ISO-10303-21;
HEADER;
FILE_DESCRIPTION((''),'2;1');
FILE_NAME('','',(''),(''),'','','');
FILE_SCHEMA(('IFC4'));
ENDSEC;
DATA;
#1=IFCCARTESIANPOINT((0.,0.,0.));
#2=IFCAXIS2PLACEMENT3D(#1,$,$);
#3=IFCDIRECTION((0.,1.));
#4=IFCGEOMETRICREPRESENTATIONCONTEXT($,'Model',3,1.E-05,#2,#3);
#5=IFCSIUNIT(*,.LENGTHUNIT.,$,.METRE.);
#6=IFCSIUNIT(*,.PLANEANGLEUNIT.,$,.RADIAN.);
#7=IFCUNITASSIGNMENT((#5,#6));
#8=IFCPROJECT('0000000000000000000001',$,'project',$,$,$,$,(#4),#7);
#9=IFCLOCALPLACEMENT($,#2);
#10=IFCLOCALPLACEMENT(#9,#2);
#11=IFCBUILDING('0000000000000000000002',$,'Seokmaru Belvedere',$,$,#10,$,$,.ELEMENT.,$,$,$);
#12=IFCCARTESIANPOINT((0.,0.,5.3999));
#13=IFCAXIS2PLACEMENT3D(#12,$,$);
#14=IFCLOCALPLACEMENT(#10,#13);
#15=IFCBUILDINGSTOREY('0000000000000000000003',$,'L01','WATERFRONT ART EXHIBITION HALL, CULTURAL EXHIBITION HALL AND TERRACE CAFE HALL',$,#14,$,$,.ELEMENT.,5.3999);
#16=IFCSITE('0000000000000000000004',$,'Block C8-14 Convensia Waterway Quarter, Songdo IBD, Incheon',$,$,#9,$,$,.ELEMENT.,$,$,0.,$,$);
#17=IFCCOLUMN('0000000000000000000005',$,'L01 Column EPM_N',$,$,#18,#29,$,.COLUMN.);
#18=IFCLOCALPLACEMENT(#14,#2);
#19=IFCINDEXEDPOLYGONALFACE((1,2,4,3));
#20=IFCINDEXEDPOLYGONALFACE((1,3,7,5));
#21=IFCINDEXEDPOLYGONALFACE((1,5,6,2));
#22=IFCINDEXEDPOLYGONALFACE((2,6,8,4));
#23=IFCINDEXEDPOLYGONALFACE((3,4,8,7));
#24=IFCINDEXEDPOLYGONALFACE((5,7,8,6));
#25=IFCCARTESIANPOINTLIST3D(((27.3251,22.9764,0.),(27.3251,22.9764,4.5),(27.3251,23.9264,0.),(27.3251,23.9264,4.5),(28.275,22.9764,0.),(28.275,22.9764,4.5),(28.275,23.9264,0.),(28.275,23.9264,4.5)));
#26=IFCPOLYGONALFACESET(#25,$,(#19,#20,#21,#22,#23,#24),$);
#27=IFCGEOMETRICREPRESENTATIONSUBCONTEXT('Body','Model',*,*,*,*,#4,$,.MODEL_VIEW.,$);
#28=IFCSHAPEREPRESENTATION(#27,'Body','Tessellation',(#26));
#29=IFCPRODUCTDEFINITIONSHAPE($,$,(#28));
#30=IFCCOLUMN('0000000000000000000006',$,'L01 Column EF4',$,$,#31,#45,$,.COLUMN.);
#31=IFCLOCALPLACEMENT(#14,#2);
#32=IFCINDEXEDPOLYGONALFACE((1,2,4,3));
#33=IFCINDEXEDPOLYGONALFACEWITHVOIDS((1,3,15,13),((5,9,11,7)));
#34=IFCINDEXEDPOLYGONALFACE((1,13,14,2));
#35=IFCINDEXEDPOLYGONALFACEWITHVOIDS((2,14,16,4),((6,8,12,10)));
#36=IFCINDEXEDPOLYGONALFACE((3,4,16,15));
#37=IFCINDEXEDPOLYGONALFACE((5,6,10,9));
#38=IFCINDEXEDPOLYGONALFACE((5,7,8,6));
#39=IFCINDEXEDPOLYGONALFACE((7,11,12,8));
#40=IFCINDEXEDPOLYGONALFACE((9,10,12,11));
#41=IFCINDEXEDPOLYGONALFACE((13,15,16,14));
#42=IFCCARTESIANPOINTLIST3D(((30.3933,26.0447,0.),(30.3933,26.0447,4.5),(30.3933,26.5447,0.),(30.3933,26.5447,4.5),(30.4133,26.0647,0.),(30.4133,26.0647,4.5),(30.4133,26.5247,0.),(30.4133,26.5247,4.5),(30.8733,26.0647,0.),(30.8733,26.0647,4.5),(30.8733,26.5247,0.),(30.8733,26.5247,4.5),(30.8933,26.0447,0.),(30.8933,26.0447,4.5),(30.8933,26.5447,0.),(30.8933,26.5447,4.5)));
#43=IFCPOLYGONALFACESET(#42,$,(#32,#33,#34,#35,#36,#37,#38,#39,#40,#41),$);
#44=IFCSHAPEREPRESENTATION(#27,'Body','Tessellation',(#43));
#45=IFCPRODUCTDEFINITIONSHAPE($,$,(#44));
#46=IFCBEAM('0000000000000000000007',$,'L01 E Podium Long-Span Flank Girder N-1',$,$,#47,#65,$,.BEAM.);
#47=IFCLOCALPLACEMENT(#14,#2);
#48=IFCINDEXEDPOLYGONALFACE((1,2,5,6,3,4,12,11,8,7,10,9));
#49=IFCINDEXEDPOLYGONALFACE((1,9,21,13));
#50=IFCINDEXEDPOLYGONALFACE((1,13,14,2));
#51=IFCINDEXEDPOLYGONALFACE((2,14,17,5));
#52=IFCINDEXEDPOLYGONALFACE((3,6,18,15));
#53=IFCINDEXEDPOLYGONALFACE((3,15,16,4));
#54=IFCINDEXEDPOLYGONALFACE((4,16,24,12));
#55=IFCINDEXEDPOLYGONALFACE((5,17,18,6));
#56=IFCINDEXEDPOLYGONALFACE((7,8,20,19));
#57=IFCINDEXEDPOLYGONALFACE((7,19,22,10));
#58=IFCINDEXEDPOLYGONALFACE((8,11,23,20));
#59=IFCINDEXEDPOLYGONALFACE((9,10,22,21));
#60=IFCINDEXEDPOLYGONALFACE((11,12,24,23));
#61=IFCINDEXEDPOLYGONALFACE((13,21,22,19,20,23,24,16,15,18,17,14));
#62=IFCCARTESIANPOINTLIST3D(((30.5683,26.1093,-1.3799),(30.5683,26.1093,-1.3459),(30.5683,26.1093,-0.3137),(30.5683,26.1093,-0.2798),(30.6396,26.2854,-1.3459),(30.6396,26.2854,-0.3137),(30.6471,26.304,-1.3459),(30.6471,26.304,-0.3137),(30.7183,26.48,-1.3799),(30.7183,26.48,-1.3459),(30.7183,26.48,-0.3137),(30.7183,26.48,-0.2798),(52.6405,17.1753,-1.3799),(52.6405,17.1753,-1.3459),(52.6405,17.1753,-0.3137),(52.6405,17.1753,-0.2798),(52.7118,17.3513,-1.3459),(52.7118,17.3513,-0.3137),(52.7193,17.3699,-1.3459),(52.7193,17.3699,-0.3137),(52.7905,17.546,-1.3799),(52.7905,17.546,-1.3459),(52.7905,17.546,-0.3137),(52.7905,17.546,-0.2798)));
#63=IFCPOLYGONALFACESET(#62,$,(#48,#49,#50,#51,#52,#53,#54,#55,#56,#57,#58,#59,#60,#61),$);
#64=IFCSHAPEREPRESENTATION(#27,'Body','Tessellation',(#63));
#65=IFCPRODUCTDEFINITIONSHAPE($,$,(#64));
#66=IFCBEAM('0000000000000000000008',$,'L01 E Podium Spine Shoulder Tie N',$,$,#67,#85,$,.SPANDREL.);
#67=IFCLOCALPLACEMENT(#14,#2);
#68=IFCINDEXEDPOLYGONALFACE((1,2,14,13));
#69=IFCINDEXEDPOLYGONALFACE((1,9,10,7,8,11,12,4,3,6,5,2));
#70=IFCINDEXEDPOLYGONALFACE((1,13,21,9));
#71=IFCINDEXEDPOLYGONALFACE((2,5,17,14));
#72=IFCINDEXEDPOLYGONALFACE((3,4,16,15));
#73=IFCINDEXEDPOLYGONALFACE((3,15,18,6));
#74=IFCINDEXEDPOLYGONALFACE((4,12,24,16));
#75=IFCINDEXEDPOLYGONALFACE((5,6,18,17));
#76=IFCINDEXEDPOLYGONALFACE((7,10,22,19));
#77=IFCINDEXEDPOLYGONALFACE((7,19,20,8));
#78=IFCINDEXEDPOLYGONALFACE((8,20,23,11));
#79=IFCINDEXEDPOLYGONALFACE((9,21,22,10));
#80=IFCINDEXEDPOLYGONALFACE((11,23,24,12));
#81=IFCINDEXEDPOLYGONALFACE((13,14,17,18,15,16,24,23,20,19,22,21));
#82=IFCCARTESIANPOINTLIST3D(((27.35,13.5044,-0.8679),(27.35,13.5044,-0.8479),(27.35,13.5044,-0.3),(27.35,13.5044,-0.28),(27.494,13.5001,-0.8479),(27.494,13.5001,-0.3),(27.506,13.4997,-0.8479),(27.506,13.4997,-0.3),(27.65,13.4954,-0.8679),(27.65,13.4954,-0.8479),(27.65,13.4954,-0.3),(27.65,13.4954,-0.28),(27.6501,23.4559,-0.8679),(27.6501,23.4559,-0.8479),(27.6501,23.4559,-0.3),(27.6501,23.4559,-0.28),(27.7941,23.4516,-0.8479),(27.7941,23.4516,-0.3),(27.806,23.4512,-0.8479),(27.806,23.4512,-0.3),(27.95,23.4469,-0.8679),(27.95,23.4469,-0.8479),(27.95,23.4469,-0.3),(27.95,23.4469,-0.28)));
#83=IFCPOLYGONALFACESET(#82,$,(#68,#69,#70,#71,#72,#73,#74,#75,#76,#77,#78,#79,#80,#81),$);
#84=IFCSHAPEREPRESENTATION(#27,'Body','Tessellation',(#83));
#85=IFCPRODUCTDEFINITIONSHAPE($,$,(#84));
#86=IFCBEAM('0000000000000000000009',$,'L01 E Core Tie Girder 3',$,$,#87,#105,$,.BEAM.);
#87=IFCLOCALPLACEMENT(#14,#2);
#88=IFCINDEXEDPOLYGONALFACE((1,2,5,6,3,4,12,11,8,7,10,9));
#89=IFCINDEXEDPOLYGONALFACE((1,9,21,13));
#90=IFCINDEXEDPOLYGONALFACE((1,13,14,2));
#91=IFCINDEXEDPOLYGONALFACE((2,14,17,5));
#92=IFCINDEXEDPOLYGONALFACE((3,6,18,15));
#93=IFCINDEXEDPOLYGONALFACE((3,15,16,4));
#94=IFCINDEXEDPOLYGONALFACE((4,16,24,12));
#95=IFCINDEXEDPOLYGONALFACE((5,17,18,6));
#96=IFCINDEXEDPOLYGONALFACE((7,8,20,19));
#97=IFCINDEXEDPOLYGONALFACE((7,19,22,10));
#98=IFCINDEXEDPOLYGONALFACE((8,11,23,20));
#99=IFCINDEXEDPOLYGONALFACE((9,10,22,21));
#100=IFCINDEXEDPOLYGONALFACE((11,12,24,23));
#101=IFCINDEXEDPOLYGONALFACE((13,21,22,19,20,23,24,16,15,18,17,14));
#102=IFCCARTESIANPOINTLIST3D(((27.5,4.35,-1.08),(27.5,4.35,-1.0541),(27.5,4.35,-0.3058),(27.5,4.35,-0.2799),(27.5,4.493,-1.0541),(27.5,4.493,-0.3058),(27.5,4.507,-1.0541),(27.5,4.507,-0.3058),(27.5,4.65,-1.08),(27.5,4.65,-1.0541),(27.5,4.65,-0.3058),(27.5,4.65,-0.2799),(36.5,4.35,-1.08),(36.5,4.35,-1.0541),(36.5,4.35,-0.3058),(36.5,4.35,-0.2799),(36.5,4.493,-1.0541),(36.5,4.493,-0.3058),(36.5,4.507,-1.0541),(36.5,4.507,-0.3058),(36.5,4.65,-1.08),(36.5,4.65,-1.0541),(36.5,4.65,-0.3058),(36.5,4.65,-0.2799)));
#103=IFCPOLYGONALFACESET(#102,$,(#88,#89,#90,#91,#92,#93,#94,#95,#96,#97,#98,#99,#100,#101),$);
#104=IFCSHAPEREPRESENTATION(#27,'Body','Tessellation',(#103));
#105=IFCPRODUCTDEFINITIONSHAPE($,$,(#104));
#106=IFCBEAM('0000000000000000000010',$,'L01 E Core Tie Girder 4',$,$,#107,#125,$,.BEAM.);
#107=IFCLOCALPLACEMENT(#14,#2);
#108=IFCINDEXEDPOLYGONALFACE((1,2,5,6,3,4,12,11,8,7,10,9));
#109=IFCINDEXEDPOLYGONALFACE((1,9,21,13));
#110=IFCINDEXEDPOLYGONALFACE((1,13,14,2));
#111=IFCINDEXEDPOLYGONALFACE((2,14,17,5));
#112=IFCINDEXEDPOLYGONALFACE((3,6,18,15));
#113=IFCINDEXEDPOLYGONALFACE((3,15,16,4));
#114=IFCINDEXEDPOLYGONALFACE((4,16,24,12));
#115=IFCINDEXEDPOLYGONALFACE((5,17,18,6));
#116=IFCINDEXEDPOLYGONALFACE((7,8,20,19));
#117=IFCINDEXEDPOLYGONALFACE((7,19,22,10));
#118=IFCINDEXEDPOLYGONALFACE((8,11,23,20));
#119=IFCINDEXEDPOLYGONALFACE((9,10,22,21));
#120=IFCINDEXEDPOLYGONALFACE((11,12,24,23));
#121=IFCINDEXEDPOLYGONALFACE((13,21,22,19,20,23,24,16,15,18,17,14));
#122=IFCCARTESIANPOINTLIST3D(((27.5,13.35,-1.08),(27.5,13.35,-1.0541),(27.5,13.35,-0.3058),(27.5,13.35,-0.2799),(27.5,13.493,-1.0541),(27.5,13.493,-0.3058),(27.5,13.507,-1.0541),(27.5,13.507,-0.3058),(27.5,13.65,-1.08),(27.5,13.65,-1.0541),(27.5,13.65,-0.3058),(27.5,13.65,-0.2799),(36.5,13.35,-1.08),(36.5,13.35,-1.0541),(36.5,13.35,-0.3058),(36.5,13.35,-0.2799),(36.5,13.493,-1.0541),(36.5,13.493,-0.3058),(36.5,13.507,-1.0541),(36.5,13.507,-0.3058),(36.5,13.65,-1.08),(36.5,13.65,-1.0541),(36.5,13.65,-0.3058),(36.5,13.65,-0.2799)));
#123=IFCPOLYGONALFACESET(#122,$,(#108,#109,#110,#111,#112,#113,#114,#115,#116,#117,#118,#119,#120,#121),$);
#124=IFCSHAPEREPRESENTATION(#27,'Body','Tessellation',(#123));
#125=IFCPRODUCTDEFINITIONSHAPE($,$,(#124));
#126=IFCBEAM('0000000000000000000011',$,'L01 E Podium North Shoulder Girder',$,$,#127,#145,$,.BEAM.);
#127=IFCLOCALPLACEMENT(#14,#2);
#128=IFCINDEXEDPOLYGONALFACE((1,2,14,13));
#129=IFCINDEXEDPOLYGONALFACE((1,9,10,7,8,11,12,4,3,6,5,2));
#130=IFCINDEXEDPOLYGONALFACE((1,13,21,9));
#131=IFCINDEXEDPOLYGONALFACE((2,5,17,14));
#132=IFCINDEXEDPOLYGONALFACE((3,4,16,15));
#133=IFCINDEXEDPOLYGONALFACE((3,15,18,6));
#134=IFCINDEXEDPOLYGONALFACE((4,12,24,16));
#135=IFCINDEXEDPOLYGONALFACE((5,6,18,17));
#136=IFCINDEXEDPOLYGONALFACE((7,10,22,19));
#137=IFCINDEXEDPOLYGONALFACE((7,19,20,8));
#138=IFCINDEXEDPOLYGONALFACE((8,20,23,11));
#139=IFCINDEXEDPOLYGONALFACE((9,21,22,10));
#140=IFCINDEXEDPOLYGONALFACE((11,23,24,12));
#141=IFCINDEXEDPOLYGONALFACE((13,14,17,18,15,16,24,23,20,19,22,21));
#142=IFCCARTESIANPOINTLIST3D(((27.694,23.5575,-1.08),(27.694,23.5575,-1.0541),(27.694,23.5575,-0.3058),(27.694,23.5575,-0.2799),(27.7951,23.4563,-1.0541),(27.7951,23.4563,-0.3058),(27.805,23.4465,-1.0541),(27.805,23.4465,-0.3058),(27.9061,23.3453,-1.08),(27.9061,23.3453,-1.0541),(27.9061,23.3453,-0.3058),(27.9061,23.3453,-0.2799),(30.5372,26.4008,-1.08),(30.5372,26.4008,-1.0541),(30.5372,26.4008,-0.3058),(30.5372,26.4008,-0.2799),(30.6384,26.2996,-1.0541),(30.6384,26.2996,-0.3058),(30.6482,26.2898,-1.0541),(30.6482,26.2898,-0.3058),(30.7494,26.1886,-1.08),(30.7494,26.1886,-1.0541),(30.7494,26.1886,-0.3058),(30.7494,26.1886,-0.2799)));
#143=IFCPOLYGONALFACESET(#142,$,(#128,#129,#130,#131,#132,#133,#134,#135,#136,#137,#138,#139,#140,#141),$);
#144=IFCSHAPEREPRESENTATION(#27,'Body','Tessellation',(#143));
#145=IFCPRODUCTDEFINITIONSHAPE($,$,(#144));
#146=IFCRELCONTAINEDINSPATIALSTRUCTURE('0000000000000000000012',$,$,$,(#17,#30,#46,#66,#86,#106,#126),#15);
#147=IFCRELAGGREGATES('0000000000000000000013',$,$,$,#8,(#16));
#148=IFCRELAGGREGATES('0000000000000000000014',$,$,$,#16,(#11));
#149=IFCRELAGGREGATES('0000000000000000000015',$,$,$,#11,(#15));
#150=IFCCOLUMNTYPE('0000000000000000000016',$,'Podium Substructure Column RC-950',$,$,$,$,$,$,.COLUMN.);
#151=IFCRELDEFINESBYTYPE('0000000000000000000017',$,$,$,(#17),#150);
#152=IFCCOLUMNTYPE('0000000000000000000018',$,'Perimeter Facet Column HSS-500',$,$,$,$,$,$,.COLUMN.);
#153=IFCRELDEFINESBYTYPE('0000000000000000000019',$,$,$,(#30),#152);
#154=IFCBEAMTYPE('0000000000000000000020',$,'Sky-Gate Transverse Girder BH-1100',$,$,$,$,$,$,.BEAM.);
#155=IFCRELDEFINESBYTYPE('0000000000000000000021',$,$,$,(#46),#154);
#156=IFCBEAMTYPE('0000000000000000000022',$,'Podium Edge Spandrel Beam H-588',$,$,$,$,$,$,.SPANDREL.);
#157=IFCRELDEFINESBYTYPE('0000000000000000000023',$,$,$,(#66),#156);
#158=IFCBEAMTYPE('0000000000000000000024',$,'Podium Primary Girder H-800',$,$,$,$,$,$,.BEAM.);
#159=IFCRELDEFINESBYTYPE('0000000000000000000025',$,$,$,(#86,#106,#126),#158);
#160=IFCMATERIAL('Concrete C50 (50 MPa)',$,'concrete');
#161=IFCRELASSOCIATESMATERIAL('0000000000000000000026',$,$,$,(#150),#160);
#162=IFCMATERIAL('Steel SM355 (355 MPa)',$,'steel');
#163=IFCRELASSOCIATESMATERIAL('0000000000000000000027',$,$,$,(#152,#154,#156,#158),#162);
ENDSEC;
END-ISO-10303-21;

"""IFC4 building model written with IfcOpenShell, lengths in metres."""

from ifc_helpers import new_model, si_unit, direction, frame, origin, origin_2d, place, context, subcontext, project, spatial, rectangle, hollow_rectangle, i_section, extrude, source, transform, mapped, material, material_profile, profile_set, type_object, type_shapes, element, save


model = new_model("IFC4")

# Units and contexts
model_context = context("Model", 3, precision=1e-05, world=origin(), true_north=direction((0.0, 1.0)))
body_context = subcontext(model_context, "Body", "Model", "MODEL_VIEW")
ifc_project = project(units=[si_unit("LENGTHUNIT", "METRE"), si_unit("PLANEANGLEUNIT", "RADIAN")], contexts=[model_context])

# Site, building, storey
site_placement = place(None, origin())
site = spatial("IfcSite", under=ifc_project, at=site_placement, Name="Block C8-14 Convensia Waterway Quarter, Songdo IBD, Incheon", CompositionType="ELEMENT", RefElevation=0.0)
building_placement = place(site_placement, origin())
building = spatial("IfcBuilding", under=site, at=building_placement, Name="Seokmaru Belvedere", CompositionType="ELEMENT")
storey_placement = place(building_placement, frame((0.0, 0.0, 5.3999)))
storey = spatial("IfcBuildingStorey", under=building, at=storey_placement, Name="L01", Description="WATERFRONT ART EXHIBITION HALL, CULTURAL EXHIBITION HALL AND TERRACE CAFE HALL", CompositionType="ELEMENT", Elevation=5.3999)

# Columns
ifc_material_1 = material(Name="Concrete C50 (50 MPa)", Category="concrete")
ifc_material_profile_1 = material_profile(ifc_material_1, rectangle(XDim=0.95, YDim=0.95, at=origin_2d()), Name="RC-950x950")
ifc_profile_set_1 = profile_set([ifc_material_profile_1], Name="Concrete C50 (50 MPa)")
column_type_1 = type_object("IfcColumnType", Name="Podium Substructure Column RC-950", PredefinedType="COLUMN", material=ifc_profile_set_1)
shared_shape_1 = source(origin(), body_context, "Body", "SweptSolid", [
    extrude(rectangle(XDim=0.95, YDim=0.95, at=origin_2d()), origin(), (0.0, 0.0, 1.0), 4.5),
])
type_shapes(column_type_1, [shared_shape_1])
column_1_placement = place(storey_placement, frame((27.8, 23.4514, 0.0), z_axis=(0.0, 0.0, 1.0), x_axis=(1.0, 0.0, 0.0)))
element("IfcColumn", 1, at=column_1_placement, inside=storey, type_object=column_type_1, Name="L01 Column EPM_N", PredefinedType="COLUMN", context=body_context, shape_type="MappedRepresentation", body=[
    mapped(shared_shape_1, transform((0.0, 0.0, 0.0), scale=1.0)),
])
ifc_material_2 = material(Name="Steel SM355 (355 MPa)", Category="steel")
ifc_material_profile_2 = material_profile(ifc_material_2, hollow_rectangle(XDim=0.5, YDim=0.5, WallThickness=0.02, at=origin_2d()), Name="HSS-500x500x20")
ifc_profile_set_2 = profile_set([ifc_material_profile_2], Name="Steel SM355 (355 MPa)")
column_type_2 = type_object("IfcColumnType", Name="Perimeter Facet Column HSS-500", PredefinedType="COLUMN", material=ifc_profile_set_2)
shared_shape_2 = source(origin(), body_context, "Body", "SweptSolid", [
    extrude(hollow_rectangle(XDim=0.5, YDim=0.5, WallThickness=0.02, at=origin_2d()), origin(), (0.0, 0.0, 1.0), 4.5),
])
type_shapes(column_type_2, [shared_shape_2])
column_2_placement = place(storey_placement, frame((30.6433, 26.2947, 0.0), z_axis=(0.0, 0.0, 1.0), x_axis=(1.0, 0.0, 0.0)))
element("IfcColumn", 2, at=column_2_placement, inside=storey, type_object=column_type_2, Name="L01 Column EF4", PredefinedType="COLUMN", context=body_context, shape_type="MappedRepresentation", body=[
    mapped(shared_shape_2, transform((0.0, 0.0, 0.0), scale=1.0)),
])

# Beams
ifc_material_profile_3 = material_profile(ifc_material_2, i_section(OverallWidth=0.3999, OverallDepth=1.1001, WebThickness=0.02, FlangeThickness=0.0339, at=origin_2d()), Name="BH-1100x400x20x34")
ifc_profile_set_3 = profile_set([ifc_material_profile_3], Name="Steel SM355 (355 MPa)")
beam_type_1 = type_object("IfcBeamType", Name="Sky-Gate Transverse Girder BH-1100", PredefinedType="BEAM", material=ifc_profile_set_3)
shared_shape_3 = source(origin(), body_context, "Body", "SweptSolid", [
    extrude(i_section(OverallWidth=0.3999, OverallDepth=1.1001, WebThickness=0.02, FlangeThickness=0.0339, at=origin_2d()), origin(), (0.0, 0.0, 1.0), 23.8118),
])
type_shapes(beam_type_1, [shared_shape_3])
beam_1_placement = place(storey_placement, frame((30.6433, 26.2947, -0.8298), z_axis=(0.926946, -0.375195, 0.0), x_axis=(0.375195, 0.926946, 0.0)))
element("IfcBeam", 3, at=beam_1_placement, inside=storey, type_object=beam_type_1, Name="L01 E Podium Long-Span Flank Girder N-1", PredefinedType="BEAM", context=body_context, shape_type="MappedRepresentation", body=[
    mapped(shared_shape_3, transform((0.0, 0.0, 0.0), scale=1.0)),
])
ifc_material_profile_4 = material_profile(ifc_material_2, i_section(OverallWidth=0.3, OverallDepth=0.5879, WebThickness=0.012, FlangeThickness=0.02, at=origin_2d()), Name="H-588x300x12x20")
ifc_profile_set_4 = profile_set([ifc_material_profile_4], Name="Steel SM355 (355 MPa)")
beam_type_2 = type_object("IfcBeamType", Name="Podium Edge Spandrel Beam H-588", PredefinedType="SPANDREL", material=ifc_profile_set_4)
shared_shape_4 = source(origin(), body_context, "Body", "SweptSolid", [
    extrude(i_section(OverallWidth=0.3, OverallDepth=0.5879, WebThickness=0.012, FlangeThickness=0.02, at=origin_2d()), origin(), (0.0, 0.0, 1.0), 9.9561),
])
type_shapes(beam_type_2, [shared_shape_4])
beam_2_placement = place(storey_placement, frame((27.8, 23.4514, -0.574), z_axis=(-0.030138, -0.999546, 0.0), x_axis=(0.999546, -0.030138, 0.0)))
element("IfcBeam", 4, at=beam_2_placement, inside=storey, type_object=beam_type_2, Name="L01 E Podium Spine Shoulder Tie N", PredefinedType="SPANDREL", context=body_context, shape_type="MappedRepresentation", body=[
    mapped(shared_shape_4, transform((0.0, 0.0, 0.0), scale=1.0)),
])
ifc_material_profile_5 = material_profile(ifc_material_2, i_section(OverallWidth=0.3, OverallDepth=0.8, WebThickness=0.0139, FlangeThickness=0.0259, at=origin_2d()), Name="H-800x300x14x26")
ifc_profile_set_5 = profile_set([ifc_material_profile_5], Name="Steel SM355 (355 MPa)")
beam_type_3 = type_object("IfcBeamType", Name="Podium Primary Girder H-800", PredefinedType="BEAM", material=ifc_profile_set_5)
shared_shape_5 = source(origin(), body_context, "Body", "SweptSolid", [
    extrude(i_section(OverallWidth=0.3, OverallDepth=0.8, WebThickness=0.0139, FlangeThickness=0.0259, at=origin_2d()), origin(), (0.0, 0.0, 1.0), 9.0),
])
for number, where, z_axis, x_axis, name in (
    (5, (27.5, 4.5, -0.6799), (1.0, 0.0, 0.0), (0.0, 1.0, 0.0), "L01 E Core Tie Girder 3"),
    (6, (27.5, 13.5, -0.6799), (1.0, 0.0, 0.0), (0.0, 1.0, 0.0), "L01 E Core Tie Girder 4"),
):
    element("IfcBeam", number, at=place(storey_placement, frame(where, z_axis=z_axis, x_axis=x_axis)), inside=storey, type_object=beam_type_3, Name=name, PredefinedType="BEAM", context=body_context, shape_type="MappedRepresentation", body=[
        mapped(shared_shape_5, transform((0.0, 0.0, 0.0), scale=1.0)),
    ])
shared_shape_6 = source(origin(), body_context, "Body", "SweptSolid", [
    extrude(i_section(OverallWidth=0.3, OverallDepth=0.8, WebThickness=0.0139, FlangeThickness=0.0259, at=origin_2d()), origin(), (0.0, 0.0, 1.0), 4.021),
])
type_shapes(beam_type_3, [shared_shape_5, shared_shape_6])
beam_3_placement = place(storey_placement, frame((30.6433, 26.2947, -0.6799), z_axis=(-0.707107, -0.707107, 0.0), x_axis=(0.707107, -0.707107, 0.0)))
element("IfcBeam", 7, at=beam_3_placement, inside=storey, type_object=beam_type_3, Name="L01 E Podium North Shoulder Girder", PredefinedType="BEAM", context=body_context, shape_type="MappedRepresentation", body=[
    mapped(shared_shape_6, transform((0.0, 0.0, 0.0), scale=1.0)),
])

save(model, "model.ifc")
